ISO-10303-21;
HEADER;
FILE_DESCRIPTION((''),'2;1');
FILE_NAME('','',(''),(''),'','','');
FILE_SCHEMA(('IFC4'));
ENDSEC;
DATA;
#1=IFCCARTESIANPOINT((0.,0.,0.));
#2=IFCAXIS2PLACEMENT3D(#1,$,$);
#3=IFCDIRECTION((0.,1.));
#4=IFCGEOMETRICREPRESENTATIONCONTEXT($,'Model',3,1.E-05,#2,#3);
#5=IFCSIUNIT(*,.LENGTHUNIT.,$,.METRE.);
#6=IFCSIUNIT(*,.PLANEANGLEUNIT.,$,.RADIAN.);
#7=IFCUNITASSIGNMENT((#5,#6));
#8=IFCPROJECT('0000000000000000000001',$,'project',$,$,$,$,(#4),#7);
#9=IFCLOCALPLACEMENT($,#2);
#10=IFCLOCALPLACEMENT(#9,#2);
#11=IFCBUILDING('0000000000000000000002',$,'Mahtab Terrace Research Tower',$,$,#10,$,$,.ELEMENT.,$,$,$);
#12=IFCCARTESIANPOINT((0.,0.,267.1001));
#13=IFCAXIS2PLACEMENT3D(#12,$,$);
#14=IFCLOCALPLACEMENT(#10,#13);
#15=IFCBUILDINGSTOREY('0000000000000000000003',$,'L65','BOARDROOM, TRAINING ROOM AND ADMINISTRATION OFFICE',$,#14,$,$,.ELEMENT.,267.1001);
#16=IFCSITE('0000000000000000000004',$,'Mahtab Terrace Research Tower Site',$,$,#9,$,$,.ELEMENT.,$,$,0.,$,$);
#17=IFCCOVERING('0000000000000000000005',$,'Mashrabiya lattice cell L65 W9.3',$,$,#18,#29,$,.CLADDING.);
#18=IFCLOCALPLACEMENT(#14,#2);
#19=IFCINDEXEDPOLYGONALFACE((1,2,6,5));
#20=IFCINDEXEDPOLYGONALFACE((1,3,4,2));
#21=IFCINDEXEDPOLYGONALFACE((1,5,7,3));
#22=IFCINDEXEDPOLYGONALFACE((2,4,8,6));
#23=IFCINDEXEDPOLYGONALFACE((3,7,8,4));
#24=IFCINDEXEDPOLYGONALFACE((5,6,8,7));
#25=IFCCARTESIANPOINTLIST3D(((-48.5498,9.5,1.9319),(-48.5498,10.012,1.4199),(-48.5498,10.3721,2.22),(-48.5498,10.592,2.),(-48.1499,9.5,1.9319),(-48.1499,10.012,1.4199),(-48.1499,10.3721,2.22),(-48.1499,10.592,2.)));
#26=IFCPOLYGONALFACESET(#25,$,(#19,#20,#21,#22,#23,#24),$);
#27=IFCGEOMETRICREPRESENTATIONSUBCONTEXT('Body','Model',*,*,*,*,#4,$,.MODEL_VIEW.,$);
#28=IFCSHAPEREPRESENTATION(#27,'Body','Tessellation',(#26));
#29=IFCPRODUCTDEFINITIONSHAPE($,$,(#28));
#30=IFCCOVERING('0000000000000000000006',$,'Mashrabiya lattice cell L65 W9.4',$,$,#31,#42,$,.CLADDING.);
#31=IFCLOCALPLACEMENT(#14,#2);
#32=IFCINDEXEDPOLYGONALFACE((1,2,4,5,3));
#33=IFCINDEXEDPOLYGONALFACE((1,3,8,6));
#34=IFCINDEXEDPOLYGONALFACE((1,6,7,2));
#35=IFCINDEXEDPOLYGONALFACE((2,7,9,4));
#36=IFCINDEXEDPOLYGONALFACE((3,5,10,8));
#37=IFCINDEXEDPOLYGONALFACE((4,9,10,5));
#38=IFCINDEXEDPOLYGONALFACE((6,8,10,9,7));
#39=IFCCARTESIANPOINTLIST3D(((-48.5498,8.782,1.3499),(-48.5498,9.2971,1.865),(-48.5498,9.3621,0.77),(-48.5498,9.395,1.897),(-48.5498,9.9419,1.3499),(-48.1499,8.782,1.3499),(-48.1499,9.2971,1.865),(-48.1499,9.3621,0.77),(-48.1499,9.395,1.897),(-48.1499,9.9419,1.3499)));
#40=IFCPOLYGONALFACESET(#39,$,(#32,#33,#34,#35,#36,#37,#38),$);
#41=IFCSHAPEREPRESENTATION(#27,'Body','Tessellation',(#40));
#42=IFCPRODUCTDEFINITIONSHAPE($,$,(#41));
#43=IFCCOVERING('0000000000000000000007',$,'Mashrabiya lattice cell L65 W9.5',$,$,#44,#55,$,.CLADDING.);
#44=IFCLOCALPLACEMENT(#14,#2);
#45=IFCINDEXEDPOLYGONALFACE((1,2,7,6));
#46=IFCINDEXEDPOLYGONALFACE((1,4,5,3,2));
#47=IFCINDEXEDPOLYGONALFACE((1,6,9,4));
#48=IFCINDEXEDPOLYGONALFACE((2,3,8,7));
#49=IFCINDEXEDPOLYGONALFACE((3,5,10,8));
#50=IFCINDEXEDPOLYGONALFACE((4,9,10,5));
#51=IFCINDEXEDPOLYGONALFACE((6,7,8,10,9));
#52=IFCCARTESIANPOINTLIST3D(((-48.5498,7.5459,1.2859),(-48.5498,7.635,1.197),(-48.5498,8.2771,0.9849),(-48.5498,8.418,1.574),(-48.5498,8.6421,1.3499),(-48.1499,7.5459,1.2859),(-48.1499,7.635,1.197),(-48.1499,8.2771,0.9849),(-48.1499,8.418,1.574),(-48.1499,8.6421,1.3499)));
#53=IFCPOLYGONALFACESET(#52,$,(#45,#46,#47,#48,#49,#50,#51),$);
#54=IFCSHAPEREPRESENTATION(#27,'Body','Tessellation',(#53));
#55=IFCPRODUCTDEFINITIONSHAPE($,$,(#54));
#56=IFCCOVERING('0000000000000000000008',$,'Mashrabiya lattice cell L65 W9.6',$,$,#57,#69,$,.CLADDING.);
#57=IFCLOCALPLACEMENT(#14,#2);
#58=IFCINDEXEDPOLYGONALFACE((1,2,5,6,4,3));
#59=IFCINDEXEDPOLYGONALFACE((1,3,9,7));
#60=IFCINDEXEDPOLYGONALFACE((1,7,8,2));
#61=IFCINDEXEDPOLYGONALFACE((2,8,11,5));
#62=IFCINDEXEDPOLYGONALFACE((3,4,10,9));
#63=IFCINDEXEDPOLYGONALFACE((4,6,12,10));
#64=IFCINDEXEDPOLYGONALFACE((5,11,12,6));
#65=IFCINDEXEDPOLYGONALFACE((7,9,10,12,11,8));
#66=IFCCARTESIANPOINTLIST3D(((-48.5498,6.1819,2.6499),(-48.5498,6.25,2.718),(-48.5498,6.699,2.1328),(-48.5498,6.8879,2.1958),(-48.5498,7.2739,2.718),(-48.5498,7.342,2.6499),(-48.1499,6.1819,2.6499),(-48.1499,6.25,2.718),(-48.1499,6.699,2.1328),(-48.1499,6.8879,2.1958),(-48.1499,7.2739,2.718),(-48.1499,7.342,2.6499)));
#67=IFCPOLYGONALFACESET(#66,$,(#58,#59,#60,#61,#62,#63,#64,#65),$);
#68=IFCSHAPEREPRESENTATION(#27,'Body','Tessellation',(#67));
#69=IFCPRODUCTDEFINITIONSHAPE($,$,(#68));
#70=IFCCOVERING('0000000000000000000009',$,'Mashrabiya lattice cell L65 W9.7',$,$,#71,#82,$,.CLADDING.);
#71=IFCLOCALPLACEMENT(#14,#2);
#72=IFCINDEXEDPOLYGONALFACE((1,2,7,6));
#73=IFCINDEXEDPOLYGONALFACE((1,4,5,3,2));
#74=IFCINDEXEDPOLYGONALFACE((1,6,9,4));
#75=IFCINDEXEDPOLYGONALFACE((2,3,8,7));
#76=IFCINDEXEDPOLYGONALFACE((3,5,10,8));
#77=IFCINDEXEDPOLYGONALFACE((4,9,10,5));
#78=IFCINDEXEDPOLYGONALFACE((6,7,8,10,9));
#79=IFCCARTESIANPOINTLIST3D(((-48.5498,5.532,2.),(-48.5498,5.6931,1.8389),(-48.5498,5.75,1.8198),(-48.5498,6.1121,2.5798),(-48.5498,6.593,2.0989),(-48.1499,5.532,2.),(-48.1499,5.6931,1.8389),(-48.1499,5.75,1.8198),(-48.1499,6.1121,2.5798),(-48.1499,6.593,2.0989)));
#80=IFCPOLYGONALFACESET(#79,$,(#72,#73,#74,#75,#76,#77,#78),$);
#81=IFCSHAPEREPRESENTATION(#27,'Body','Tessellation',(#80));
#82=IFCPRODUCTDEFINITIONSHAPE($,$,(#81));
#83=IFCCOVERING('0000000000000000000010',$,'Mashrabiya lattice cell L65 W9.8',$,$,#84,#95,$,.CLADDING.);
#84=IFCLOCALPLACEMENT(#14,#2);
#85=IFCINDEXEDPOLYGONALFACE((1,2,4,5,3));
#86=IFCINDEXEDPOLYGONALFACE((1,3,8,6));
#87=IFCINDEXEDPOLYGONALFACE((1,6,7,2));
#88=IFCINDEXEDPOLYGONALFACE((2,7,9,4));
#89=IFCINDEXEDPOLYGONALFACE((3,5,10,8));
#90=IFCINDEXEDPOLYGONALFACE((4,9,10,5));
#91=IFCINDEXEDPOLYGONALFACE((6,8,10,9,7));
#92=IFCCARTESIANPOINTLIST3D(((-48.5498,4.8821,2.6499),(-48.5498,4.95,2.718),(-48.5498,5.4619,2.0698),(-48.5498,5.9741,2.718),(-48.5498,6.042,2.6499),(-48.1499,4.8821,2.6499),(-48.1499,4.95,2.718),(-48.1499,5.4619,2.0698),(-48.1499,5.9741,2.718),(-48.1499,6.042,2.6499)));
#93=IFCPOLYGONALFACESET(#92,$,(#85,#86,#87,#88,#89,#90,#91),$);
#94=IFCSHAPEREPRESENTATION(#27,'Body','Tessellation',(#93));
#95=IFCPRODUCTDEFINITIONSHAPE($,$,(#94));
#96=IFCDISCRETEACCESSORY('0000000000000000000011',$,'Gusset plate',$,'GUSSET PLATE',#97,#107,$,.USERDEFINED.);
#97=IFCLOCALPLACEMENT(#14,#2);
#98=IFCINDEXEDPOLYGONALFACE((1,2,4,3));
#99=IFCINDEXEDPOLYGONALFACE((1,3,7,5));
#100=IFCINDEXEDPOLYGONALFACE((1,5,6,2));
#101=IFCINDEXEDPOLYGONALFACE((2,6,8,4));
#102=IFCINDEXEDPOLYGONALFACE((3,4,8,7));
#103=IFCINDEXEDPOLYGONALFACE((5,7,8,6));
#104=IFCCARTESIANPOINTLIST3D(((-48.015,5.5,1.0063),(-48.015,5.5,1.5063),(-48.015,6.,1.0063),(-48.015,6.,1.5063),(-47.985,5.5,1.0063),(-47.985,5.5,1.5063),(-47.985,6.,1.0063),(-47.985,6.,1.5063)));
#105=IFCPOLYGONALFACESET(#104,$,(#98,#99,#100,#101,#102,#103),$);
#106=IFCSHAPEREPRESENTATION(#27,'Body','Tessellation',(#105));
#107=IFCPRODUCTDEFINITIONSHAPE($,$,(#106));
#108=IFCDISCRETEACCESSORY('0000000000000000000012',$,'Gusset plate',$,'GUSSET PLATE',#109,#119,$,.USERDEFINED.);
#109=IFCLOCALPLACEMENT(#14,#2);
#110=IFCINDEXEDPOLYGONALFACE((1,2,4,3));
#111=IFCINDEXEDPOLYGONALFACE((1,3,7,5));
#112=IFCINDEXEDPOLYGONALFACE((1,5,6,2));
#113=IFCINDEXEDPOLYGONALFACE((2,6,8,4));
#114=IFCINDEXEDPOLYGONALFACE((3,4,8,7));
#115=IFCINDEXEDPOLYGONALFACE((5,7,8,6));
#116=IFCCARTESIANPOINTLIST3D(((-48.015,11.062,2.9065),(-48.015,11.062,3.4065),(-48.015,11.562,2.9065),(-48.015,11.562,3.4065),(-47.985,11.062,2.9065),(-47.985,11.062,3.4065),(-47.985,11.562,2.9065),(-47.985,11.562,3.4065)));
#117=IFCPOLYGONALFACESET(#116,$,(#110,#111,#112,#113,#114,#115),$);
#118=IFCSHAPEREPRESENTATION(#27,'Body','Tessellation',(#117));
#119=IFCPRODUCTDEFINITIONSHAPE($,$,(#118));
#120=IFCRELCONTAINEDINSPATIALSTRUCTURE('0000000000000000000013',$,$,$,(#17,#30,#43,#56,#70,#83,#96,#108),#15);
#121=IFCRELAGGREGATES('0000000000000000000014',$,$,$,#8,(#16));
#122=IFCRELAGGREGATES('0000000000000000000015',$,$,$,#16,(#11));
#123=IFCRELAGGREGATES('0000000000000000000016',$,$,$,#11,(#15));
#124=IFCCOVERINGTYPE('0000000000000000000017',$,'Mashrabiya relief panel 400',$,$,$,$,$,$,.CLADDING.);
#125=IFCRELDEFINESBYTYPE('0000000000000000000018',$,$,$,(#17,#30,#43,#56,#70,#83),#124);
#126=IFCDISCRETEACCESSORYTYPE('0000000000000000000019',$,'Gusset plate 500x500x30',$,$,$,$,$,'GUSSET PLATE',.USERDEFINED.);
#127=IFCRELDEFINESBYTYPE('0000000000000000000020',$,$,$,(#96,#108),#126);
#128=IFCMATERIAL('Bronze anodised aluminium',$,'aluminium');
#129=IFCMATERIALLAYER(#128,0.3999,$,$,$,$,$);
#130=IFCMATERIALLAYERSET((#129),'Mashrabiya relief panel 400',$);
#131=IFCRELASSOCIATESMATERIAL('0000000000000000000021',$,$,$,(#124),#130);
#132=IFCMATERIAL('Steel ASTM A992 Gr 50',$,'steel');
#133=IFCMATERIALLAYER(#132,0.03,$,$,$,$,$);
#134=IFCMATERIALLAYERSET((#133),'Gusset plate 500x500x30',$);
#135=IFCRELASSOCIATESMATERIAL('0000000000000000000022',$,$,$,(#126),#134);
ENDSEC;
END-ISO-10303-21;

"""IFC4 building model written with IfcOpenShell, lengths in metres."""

from ifc_helpers import new_model, si_unit, direction, frame, origin, origin_2d, place, context, subcontext, project, spatial, polyline, rectangle, outline, extrude, material, layer, layer_set, type_object, element, save


model = new_model("IFC4")

# Units and contexts
model_context = context("Model", 3, precision=1e-05, world=origin(), true_north=direction((0.0, 1.0)))
body_context = subcontext(model_context, "Body", "Model", "MODEL_VIEW")
ifc_project = project(units=[si_unit("LENGTHUNIT", "METRE"), si_unit("PLANEANGLEUNIT", "RADIAN")], contexts=[model_context])

# Site, building, storey
site_placement = place(None, origin())
site = spatial("IfcSite", under=ifc_project, at=site_placement, Name="Mahtab Terrace Research Tower Site", CompositionType="ELEMENT", RefElevation=0.0)
building_placement = place(site_placement, origin())
building = spatial("IfcBuilding", under=site, at=building_placement, Name="Mahtab Terrace Research Tower", CompositionType="ELEMENT")
storey_placement = place(building_placement, frame((0.0, 0.0, 267.1001)))
storey = spatial("IfcBuildingStorey", under=building, at=storey_placement, Name="L65", Description="BOARDROOM, TRAINING ROOM AND ADMINISTRATION OFFICE", CompositionType="ELEMENT", Elevation=267.1001)

# Shared definitions
ifc_material_1 = material(Name="Steel ASTM A992 Gr 50", Category="steel")

# Coverings
ifc_material_2 = material(Name="Bronze anodised aluminium", Category="aluminium")
ifc_layer_1 = layer(ifc_material_2, 0.3999)
ifc_layer_set_1 = layer_set([ifc_layer_1], Name="Mashrabiya relief panel 400")
covering_type = type_object("IfcCoveringType", Name="Mashrabiya relief panel 400", PredefinedType="CLADDING", material=ifc_layer_set_1)
covering_1_placement = place(storey_placement, frame((-48.1499, 10.012, 1.4199), z_axis=(1.0, 0.0, 0.0), x_axis=(0.0, 0.707107, 0.707107)))
element("IfcCovering", 1, at=covering_1_placement, inside=storey, type_object=covering_type, Name="Mashrabiya lattice cell L65 W9.3", PredefinedType="CLADDING", context=body_context, shape_type="SweptSolid", body=[
    extrude(outline(polyline([(0.0, 0.0), (0.8204, 0.0), (0.8204, 0.3111), (0.0, 0.724), (0.0, 0.0)])), origin(), (0.0, 0.0, -1.0), 0.3999),
])
covering_2_placement = place(storey_placement, frame((-48.1499, 8.782, 1.3499), z_axis=(1.0, 0.0, 0.0), x_axis=(0.0, 0.707256, -0.706958)))
element("IfcCovering", 2, at=covering_2_placement, inside=storey, type_object=covering_type, Name="Mashrabiya lattice cell L65 W9.4", PredefinedType="CLADDING", context=body_context, shape_type="SweptSolid", body=[
    extrude(outline(polyline([(0.0, 0.0), (0.8202, 0.0), (0.8204, 0.82), (0.0468, 0.8203), (0.0002, 0.7285), (0.0, 0.0)])), origin(), (0.0, 0.0, -1.0), 0.3999),
])
covering_3_placement = place(storey_placement, frame((-48.1499, 8.6421, 1.3499), z_axis=(1.0, 0.0, 0.0), x_axis=(0.0, -0.707107, 0.707107)))
element("IfcCovering", 3, at=covering_3_placement, inside=storey, type_object=covering_type, Name="Mashrabiya lattice cell L65 W9.5", PredefinedType="CLADDING", context=body_context, shape_type="SweptSolid", body=[
    extrude(outline(polyline([(0.0, 0.0), (0.317, 0.0), (0.7299, 0.8204), (0.604, 0.8202), (0.0, 0.5162), (0.0, 0.0)])), origin(), (0.0, 0.0, -1.0), 0.3999),
])
covering_4_placement = place(storey_placement, frame((-48.1499, 7.342, 2.6499), z_axis=(1.0, 0.0, 0.0), x_axis=(0.0, -0.707107, 0.707107)))
element("IfcCovering", 4, at=covering_4_placement, inside=storey, type_object=covering_type, Name="Mashrabiya lattice cell L65 W9.6", PredefinedType="CLADDING", context=body_context, shape_type="SweptSolid", body=[
    extrude(outline(polyline([(0.0, 0.0), (0.0963, 0.0), (0.8204, 0.724), (0.8204, 0.8204), (0.0891, 0.8204), (0.0, 0.6422), (0.0, 0.0)])), origin(), (0.0, 0.0, -1.0), 0.3999),
])
covering_5_placement = place(storey_placement, frame((-48.1499, 6.1121, 2.5798), z_axis=(1.0, 0.0, 0.0), x_axis=(0.0, -0.707256, -0.706958)))
element("IfcCovering", 5, at=covering_5_placement, inside=storey, type_object=covering_type, Name="Mashrabiya lattice cell L65 W9.7", PredefinedType="CLADDING", context=body_context, shape_type="SweptSolid", body=[
    extrude(outline(polyline([(0.0, 0.0), (0.8202, 0.0), (0.8201, 0.2279), (0.7934, 0.2816), (-0.0001, 0.6802), (0.0, 0.0)])), origin(), (0.0, 0.0, -1.0), 0.3999),
])
covering_6_placement = place(storey_placement, frame((-48.1499, 4.8821, 2.6499), z_axis=(1.0, 0.0, 0.0), x_axis=(0.0, 0.706958, -0.707256)))
element("IfcCovering", 6, at=covering_6_placement, inside=storey, type_object=covering_type, Name="Mashrabiya lattice cell L65 W9.8", PredefinedType="CLADDING", context=body_context, shape_type="SweptSolid", body=[
    extrude(outline(polyline([(0.0, 0.0), (0.8202, 0.0), (0.82, 0.8204), (0.7239, 0.8205), (-0.0002, 0.0962), (0.0, 0.0)])), origin(), (0.0, 0.0, -1.0), 0.3999),
])

# Discrete accessories
ifc_layer_2 = layer(ifc_material_1, 0.03)
ifc_layer_set_2 = layer_set([ifc_layer_2], Name="Gusset plate 500x500x30")
discrete_accessory_type = type_object("IfcDiscreteAccessoryType", Name="Gusset plate 500x500x30", ElementType="GUSSET PLATE", PredefinedType="USERDEFINED", material=ifc_layer_set_2)
for number, where, z_axis, x_axis, name in (
    (7, (-48.0, 5.75, 1.0063), (0.0, 0.0, 1.0), (0.0, 1.0, 0.0), "Gusset plate"),
    (8, (-48.0, 11.312, 2.9065), (0.0, 0.0, 1.0), (0.0, 1.0, 0.0), "Gusset plate"),
):
    element("IfcDiscreteAccessory", number, at=place(storey_placement, frame(where, z_axis=z_axis, x_axis=x_axis)), inside=storey, type_object=discrete_accessory_type, Name=name, ObjectType="GUSSET PLATE", PredefinedType="USERDEFINED", context=body_context, shape_type="SweptSolid", body=[
        extrude(rectangle(XDim=0.5, YDim=0.03, at=origin_2d()), origin(), (0.0, 0.0, 1.0), 0.5),
    ])

save(model, "model.ifc")
